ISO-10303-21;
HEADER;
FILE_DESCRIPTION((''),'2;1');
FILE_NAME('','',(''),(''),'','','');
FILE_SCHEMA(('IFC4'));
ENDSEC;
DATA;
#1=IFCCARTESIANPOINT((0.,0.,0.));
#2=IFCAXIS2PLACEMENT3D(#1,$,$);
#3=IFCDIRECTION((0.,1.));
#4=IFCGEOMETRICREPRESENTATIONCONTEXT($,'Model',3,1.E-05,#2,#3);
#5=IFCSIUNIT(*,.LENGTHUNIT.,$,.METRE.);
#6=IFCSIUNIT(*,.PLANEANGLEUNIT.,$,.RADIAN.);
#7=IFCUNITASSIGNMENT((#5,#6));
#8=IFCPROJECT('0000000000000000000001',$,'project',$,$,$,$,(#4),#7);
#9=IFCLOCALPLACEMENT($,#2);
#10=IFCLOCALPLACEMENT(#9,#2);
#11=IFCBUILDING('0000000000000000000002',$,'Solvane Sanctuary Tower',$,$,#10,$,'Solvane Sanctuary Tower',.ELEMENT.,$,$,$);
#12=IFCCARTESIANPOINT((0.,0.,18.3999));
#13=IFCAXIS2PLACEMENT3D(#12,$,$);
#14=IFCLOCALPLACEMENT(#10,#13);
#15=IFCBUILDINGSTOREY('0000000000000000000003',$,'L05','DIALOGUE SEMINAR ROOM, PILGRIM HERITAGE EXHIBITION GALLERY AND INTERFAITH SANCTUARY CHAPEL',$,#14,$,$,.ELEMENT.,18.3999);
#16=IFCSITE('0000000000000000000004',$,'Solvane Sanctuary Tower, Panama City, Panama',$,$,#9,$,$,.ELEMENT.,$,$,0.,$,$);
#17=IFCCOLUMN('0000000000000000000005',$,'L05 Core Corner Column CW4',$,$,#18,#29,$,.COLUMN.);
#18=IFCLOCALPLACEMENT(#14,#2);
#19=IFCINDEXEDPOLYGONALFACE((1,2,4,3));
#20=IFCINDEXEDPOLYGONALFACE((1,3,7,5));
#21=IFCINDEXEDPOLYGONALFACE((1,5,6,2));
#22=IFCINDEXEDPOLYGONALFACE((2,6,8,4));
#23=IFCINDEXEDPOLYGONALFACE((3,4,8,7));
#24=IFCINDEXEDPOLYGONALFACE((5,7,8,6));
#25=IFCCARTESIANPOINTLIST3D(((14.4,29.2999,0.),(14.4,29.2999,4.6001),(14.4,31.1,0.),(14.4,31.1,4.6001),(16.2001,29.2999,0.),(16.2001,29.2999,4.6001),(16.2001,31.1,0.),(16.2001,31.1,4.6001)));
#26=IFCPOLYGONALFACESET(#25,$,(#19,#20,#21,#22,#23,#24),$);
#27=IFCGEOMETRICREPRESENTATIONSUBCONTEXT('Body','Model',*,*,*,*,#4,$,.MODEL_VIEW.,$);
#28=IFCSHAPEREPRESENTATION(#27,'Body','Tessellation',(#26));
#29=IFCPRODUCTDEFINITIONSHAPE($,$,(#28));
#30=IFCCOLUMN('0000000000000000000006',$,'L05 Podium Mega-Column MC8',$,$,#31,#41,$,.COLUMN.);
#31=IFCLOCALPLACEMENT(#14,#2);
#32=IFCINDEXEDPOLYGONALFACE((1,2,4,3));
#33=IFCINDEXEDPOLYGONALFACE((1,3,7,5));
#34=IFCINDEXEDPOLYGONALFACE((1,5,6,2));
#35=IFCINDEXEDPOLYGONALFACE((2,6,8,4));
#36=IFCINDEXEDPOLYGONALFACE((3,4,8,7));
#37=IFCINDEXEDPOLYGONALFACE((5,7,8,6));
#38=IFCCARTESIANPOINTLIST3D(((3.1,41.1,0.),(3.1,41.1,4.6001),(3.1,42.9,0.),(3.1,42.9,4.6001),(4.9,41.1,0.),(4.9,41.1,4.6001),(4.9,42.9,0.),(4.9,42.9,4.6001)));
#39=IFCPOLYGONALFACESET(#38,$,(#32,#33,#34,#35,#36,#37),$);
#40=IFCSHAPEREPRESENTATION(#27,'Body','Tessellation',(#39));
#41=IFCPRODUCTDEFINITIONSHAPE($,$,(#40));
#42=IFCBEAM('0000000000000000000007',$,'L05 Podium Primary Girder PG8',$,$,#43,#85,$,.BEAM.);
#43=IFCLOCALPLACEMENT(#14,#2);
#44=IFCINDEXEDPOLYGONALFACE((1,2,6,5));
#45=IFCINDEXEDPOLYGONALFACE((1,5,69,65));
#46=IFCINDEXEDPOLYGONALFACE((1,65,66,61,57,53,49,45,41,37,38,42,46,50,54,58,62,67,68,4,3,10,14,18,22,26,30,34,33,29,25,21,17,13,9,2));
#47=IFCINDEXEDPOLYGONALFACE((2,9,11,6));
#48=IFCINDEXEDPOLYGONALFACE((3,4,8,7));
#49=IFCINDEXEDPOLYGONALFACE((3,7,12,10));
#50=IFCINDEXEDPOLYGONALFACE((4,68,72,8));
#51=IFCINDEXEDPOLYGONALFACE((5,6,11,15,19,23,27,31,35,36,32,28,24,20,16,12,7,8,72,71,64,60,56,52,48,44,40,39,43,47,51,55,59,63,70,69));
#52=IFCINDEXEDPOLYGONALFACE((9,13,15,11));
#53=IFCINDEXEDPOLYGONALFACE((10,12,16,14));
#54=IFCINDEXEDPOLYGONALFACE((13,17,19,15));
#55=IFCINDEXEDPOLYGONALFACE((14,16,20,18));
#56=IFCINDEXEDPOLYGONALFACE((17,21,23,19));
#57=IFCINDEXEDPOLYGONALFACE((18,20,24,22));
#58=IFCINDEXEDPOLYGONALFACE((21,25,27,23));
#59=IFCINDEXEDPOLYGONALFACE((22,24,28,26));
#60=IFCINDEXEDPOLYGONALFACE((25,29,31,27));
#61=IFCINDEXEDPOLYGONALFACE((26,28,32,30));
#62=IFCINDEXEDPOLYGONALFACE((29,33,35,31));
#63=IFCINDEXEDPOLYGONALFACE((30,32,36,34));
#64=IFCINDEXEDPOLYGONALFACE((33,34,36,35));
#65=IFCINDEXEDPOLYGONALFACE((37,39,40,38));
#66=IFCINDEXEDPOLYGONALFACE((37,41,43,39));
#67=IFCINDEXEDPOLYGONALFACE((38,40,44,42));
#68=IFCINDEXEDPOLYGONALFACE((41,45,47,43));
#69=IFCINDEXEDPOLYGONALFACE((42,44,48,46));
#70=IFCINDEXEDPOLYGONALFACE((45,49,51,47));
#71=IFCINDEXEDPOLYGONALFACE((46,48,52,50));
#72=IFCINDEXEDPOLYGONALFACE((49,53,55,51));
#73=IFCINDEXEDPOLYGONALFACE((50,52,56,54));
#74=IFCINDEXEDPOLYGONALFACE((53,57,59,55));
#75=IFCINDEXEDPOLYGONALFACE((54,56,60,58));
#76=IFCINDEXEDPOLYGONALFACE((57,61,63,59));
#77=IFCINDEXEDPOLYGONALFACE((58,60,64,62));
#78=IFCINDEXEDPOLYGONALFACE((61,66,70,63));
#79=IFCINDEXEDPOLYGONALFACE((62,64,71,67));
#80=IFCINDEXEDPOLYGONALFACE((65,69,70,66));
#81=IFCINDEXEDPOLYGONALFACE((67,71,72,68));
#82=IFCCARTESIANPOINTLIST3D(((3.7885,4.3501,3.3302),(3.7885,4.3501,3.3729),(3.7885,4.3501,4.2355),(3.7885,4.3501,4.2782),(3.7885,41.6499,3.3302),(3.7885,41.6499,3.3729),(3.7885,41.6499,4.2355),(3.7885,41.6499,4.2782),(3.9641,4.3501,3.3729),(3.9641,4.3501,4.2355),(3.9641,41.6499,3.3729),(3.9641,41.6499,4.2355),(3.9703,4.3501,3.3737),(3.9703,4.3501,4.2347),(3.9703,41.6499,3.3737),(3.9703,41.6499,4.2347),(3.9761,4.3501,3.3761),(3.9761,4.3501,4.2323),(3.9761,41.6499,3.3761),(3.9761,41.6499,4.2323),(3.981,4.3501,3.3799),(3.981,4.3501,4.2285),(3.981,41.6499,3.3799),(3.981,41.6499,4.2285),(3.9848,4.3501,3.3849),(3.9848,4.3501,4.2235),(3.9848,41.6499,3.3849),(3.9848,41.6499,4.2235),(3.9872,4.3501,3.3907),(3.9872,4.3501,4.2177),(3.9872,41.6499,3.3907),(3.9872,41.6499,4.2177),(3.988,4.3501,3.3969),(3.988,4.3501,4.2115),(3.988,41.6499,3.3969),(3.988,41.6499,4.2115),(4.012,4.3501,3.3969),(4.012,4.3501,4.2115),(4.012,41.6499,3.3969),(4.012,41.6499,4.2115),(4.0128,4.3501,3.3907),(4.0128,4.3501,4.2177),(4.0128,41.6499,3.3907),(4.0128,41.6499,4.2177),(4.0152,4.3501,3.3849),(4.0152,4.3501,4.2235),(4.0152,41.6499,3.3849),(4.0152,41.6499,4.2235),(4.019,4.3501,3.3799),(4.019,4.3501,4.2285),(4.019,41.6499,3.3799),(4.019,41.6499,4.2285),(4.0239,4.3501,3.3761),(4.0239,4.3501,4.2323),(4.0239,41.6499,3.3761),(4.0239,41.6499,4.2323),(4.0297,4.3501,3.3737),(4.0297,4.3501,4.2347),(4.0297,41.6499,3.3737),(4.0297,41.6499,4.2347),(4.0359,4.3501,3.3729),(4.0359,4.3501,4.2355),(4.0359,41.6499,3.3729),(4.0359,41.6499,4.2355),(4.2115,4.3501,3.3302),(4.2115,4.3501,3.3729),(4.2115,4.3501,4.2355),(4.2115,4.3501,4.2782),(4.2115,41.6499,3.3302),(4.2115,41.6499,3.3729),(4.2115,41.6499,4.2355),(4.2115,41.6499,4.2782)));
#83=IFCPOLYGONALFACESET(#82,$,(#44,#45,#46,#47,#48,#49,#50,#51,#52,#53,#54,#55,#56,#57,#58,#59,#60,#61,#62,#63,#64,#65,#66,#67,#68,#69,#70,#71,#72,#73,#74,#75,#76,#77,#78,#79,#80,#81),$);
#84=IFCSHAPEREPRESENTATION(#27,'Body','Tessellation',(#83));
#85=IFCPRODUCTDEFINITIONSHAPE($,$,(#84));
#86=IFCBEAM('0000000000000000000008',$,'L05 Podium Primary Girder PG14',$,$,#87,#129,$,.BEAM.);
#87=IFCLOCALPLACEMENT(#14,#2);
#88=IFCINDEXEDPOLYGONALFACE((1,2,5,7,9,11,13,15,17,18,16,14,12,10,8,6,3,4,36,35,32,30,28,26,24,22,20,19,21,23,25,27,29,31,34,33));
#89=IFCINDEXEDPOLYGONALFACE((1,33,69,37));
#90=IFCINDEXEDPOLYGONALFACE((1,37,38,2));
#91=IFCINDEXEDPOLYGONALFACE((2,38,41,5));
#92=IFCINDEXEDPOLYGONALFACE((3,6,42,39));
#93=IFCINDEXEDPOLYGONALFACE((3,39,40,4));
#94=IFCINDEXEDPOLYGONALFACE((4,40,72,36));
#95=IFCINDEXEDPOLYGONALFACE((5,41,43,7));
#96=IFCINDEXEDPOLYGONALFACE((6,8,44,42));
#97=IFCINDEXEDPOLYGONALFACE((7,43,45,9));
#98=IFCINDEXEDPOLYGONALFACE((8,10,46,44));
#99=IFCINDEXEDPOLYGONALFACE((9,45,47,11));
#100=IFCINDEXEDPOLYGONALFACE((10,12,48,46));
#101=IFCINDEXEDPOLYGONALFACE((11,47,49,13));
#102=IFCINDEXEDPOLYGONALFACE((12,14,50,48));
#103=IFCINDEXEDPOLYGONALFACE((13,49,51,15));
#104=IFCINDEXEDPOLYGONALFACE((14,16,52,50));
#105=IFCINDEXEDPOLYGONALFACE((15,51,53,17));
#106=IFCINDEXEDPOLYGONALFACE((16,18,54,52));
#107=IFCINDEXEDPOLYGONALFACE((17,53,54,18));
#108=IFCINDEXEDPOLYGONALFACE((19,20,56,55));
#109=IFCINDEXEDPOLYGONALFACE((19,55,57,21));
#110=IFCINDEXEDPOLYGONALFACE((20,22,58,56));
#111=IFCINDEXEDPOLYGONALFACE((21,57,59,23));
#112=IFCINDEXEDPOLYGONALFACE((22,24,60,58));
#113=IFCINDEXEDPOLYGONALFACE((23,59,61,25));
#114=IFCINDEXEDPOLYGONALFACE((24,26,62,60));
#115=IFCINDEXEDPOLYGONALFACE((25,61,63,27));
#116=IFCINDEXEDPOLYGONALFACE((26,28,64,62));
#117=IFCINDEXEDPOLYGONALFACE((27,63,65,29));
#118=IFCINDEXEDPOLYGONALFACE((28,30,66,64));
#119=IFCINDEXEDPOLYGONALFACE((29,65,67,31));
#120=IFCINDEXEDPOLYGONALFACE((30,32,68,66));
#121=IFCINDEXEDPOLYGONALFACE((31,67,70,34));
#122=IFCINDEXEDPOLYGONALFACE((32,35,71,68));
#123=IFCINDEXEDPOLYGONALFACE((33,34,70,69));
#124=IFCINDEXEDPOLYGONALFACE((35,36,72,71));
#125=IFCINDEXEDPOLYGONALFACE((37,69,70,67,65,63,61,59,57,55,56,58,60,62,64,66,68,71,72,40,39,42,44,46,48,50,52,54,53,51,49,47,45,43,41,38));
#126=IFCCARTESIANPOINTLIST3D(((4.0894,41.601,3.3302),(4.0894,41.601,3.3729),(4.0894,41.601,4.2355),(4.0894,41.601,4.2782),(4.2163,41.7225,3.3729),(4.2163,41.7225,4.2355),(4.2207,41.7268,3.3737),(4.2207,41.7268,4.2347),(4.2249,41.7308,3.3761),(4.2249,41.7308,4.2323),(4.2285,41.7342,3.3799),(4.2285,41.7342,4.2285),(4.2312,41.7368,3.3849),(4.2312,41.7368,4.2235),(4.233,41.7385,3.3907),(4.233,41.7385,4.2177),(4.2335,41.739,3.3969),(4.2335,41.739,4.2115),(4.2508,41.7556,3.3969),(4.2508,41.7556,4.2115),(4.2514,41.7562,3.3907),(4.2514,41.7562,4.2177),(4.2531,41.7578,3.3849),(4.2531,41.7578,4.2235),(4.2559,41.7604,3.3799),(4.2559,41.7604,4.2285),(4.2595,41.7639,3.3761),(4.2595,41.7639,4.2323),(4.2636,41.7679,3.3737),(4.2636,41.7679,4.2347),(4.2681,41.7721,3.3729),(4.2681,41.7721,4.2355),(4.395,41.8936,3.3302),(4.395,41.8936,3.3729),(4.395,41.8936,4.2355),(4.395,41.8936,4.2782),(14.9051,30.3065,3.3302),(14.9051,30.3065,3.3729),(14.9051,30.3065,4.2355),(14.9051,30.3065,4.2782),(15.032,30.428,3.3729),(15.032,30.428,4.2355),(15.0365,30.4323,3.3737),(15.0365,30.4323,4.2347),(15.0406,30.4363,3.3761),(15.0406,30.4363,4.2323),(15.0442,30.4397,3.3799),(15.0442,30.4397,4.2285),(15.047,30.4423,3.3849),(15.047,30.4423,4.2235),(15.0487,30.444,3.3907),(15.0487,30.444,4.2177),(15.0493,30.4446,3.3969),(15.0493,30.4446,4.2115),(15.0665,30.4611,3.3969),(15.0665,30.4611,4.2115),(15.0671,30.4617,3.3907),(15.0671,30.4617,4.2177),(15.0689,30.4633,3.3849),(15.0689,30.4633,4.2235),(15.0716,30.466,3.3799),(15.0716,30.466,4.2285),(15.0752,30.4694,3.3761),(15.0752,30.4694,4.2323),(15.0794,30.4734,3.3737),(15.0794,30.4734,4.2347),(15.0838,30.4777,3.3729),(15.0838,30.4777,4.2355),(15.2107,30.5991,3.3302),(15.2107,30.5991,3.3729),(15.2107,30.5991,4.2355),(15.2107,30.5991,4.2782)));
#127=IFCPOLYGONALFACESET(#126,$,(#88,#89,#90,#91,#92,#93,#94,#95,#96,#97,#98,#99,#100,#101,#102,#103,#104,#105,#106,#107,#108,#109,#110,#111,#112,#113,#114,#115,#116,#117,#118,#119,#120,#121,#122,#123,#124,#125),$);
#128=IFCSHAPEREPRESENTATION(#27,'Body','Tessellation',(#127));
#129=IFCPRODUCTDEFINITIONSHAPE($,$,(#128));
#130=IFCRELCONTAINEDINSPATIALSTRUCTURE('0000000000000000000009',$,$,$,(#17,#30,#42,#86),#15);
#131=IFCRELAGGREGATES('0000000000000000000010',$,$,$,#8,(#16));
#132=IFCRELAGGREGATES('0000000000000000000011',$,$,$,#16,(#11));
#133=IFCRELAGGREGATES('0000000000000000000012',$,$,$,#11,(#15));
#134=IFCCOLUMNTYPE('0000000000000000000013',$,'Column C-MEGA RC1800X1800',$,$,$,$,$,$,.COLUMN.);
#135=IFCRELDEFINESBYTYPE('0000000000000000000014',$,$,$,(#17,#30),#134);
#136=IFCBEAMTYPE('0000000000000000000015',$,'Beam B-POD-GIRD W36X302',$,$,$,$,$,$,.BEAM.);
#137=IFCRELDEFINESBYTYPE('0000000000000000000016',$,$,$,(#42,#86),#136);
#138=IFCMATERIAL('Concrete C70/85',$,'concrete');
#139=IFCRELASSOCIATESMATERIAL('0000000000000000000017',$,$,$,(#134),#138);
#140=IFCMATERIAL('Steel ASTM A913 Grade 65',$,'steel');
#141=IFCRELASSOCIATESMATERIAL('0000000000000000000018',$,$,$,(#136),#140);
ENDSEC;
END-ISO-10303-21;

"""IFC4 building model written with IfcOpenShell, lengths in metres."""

from ifc_helpers import new_model, si_unit, direction, frame, origin, origin_2d, place, context, subcontext, project, spatial, rectangle, i_section, extrude, material, material_profile, profile_set, type_object, element, save


model = new_model("IFC4")

# Units and contexts
model_context = context("Model", 3, precision=1e-05, world=origin(), true_north=direction((0.0, 1.0)))
body_context = subcontext(model_context, "Body", "Model", "MODEL_VIEW")
ifc_project = project(units=[si_unit("LENGTHUNIT", "METRE"), si_unit("PLANEANGLEUNIT", "RADIAN")], contexts=[model_context])

# Site, building, storey
site_placement = place(None, origin())
site = spatial("IfcSite", under=ifc_project, at=site_placement, Name="Solvane Sanctuary Tower, Panama City, Panama", CompositionType="ELEMENT", RefElevation=0.0)
building_placement = place(site_placement, origin())
building = spatial("IfcBuilding", under=site, at=building_placement, Name="Solvane Sanctuary Tower", LongName="Solvane Sanctuary Tower", CompositionType="ELEMENT")
storey_placement = place(building_placement, frame((0.0, 0.0, 18.3999)))
storey = spatial("IfcBuildingStorey", under=building, at=storey_placement, Name="L05", Description="DIALOGUE SEMINAR ROOM, PILGRIM HERITAGE EXHIBITION GALLERY AND INTERFAITH SANCTUARY CHAPEL", CompositionType="ELEMENT", Elevation=18.3999)

# Columns
ifc_material_1 = material(Name="Concrete C70/85", Category="concrete")
ifc_material_profile_1 = material_profile(ifc_material_1, rectangle(XDim=1.8, YDim=1.8, at=origin_2d()), Name="RC1800X1800")
ifc_profile_set_1 = profile_set([ifc_material_profile_1], Name="Concrete C70/85")
column_type = type_object("IfcColumnType", Name="Column C-MEGA RC1800X1800", PredefinedType="COLUMN", material=ifc_profile_set_1)
for number, where, z_axis, x_axis, name in (
    (1, (15.3, 30.2, 0.0), (0.0, 0.0, 1.0), (1.0, 0.0, 0.0), "L05 Core Corner Column CW4"),
    (2, (4.0, 42.0, 0.0), (0.0, 0.0, 1.0), (1.0, 0.0, 0.0), "L05 Podium Mega-Column MC8"),
):
    element("IfcColumn", number, at=place(storey_placement, frame(where, z_axis=z_axis, x_axis=x_axis)), inside=storey, type_object=column_type, Name=name, PredefinedType="COLUMN", context=body_context, shape_type="SweptSolid", body=[
        extrude(rectangle(XDim=1.8, YDim=1.8, at=origin_2d()), origin(), (0.0, 0.0, 1.0), 4.6001),
    ])

# Beams
ifc_material_2 = material(Name="Steel ASTM A913 Grade 65", Category="steel")
ifc_material_profile_2 = material_profile(ifc_material_2, i_section(OverallWidth=0.4231, OverallDepth=0.948, WebThickness=0.0239, FlangeThickness=0.0427, FilletRadius=0.0239, at=origin_2d()), Name="W36X302")
ifc_profile_set_2 = profile_set([ifc_material_profile_2], Name="Steel ASTM A913 Grade 65")
beam_type = type_object("IfcBeamType", Name="Beam B-POD-GIRD W36X302", PredefinedType="BEAM", material=ifc_profile_set_2)
beam_1_placement = place(storey_placement, frame((4.0, 41.6499, 3.8042), z_axis=(0.0, -1.0, 0.0), x_axis=(1.0, 0.0, 0.0)))
element("IfcBeam", 3, at=beam_1_placement, inside=storey, type_object=beam_type, Name="L05 Podium Primary Girder PG8", PredefinedType="BEAM", context=body_context, shape_type="SweptSolid", body=[
    extrude(i_section(OverallWidth=0.4231, OverallDepth=0.948, WebThickness=0.0239, FlangeThickness=0.0427, FilletRadius=0.0239, at=origin_2d()), origin(), (0.0, 0.0, 1.0), 37.2998),
])
beam_2_placement = place(storey_placement, frame((4.2422, 41.7473, 3.8042), z_axis=(0.691633, -0.722249, 0.0), x_axis=(0.722249, 0.691633, 0.0)))
element("IfcBeam", 4, at=beam_2_placement, inside=storey, type_object=beam_type, Name="L05 Podium Primary Girder PG14", PredefinedType="BEAM", context=body_context, shape_type="SweptSolid", body=[
    extrude(i_section(OverallWidth=0.4231, OverallDepth=0.948, WebThickness=0.0239, FlangeThickness=0.0427, FilletRadius=0.0239, at=origin_2d()), origin(), (0.0, 0.0, 1.0), 15.6379),
])

save(model, "model.ifc")
